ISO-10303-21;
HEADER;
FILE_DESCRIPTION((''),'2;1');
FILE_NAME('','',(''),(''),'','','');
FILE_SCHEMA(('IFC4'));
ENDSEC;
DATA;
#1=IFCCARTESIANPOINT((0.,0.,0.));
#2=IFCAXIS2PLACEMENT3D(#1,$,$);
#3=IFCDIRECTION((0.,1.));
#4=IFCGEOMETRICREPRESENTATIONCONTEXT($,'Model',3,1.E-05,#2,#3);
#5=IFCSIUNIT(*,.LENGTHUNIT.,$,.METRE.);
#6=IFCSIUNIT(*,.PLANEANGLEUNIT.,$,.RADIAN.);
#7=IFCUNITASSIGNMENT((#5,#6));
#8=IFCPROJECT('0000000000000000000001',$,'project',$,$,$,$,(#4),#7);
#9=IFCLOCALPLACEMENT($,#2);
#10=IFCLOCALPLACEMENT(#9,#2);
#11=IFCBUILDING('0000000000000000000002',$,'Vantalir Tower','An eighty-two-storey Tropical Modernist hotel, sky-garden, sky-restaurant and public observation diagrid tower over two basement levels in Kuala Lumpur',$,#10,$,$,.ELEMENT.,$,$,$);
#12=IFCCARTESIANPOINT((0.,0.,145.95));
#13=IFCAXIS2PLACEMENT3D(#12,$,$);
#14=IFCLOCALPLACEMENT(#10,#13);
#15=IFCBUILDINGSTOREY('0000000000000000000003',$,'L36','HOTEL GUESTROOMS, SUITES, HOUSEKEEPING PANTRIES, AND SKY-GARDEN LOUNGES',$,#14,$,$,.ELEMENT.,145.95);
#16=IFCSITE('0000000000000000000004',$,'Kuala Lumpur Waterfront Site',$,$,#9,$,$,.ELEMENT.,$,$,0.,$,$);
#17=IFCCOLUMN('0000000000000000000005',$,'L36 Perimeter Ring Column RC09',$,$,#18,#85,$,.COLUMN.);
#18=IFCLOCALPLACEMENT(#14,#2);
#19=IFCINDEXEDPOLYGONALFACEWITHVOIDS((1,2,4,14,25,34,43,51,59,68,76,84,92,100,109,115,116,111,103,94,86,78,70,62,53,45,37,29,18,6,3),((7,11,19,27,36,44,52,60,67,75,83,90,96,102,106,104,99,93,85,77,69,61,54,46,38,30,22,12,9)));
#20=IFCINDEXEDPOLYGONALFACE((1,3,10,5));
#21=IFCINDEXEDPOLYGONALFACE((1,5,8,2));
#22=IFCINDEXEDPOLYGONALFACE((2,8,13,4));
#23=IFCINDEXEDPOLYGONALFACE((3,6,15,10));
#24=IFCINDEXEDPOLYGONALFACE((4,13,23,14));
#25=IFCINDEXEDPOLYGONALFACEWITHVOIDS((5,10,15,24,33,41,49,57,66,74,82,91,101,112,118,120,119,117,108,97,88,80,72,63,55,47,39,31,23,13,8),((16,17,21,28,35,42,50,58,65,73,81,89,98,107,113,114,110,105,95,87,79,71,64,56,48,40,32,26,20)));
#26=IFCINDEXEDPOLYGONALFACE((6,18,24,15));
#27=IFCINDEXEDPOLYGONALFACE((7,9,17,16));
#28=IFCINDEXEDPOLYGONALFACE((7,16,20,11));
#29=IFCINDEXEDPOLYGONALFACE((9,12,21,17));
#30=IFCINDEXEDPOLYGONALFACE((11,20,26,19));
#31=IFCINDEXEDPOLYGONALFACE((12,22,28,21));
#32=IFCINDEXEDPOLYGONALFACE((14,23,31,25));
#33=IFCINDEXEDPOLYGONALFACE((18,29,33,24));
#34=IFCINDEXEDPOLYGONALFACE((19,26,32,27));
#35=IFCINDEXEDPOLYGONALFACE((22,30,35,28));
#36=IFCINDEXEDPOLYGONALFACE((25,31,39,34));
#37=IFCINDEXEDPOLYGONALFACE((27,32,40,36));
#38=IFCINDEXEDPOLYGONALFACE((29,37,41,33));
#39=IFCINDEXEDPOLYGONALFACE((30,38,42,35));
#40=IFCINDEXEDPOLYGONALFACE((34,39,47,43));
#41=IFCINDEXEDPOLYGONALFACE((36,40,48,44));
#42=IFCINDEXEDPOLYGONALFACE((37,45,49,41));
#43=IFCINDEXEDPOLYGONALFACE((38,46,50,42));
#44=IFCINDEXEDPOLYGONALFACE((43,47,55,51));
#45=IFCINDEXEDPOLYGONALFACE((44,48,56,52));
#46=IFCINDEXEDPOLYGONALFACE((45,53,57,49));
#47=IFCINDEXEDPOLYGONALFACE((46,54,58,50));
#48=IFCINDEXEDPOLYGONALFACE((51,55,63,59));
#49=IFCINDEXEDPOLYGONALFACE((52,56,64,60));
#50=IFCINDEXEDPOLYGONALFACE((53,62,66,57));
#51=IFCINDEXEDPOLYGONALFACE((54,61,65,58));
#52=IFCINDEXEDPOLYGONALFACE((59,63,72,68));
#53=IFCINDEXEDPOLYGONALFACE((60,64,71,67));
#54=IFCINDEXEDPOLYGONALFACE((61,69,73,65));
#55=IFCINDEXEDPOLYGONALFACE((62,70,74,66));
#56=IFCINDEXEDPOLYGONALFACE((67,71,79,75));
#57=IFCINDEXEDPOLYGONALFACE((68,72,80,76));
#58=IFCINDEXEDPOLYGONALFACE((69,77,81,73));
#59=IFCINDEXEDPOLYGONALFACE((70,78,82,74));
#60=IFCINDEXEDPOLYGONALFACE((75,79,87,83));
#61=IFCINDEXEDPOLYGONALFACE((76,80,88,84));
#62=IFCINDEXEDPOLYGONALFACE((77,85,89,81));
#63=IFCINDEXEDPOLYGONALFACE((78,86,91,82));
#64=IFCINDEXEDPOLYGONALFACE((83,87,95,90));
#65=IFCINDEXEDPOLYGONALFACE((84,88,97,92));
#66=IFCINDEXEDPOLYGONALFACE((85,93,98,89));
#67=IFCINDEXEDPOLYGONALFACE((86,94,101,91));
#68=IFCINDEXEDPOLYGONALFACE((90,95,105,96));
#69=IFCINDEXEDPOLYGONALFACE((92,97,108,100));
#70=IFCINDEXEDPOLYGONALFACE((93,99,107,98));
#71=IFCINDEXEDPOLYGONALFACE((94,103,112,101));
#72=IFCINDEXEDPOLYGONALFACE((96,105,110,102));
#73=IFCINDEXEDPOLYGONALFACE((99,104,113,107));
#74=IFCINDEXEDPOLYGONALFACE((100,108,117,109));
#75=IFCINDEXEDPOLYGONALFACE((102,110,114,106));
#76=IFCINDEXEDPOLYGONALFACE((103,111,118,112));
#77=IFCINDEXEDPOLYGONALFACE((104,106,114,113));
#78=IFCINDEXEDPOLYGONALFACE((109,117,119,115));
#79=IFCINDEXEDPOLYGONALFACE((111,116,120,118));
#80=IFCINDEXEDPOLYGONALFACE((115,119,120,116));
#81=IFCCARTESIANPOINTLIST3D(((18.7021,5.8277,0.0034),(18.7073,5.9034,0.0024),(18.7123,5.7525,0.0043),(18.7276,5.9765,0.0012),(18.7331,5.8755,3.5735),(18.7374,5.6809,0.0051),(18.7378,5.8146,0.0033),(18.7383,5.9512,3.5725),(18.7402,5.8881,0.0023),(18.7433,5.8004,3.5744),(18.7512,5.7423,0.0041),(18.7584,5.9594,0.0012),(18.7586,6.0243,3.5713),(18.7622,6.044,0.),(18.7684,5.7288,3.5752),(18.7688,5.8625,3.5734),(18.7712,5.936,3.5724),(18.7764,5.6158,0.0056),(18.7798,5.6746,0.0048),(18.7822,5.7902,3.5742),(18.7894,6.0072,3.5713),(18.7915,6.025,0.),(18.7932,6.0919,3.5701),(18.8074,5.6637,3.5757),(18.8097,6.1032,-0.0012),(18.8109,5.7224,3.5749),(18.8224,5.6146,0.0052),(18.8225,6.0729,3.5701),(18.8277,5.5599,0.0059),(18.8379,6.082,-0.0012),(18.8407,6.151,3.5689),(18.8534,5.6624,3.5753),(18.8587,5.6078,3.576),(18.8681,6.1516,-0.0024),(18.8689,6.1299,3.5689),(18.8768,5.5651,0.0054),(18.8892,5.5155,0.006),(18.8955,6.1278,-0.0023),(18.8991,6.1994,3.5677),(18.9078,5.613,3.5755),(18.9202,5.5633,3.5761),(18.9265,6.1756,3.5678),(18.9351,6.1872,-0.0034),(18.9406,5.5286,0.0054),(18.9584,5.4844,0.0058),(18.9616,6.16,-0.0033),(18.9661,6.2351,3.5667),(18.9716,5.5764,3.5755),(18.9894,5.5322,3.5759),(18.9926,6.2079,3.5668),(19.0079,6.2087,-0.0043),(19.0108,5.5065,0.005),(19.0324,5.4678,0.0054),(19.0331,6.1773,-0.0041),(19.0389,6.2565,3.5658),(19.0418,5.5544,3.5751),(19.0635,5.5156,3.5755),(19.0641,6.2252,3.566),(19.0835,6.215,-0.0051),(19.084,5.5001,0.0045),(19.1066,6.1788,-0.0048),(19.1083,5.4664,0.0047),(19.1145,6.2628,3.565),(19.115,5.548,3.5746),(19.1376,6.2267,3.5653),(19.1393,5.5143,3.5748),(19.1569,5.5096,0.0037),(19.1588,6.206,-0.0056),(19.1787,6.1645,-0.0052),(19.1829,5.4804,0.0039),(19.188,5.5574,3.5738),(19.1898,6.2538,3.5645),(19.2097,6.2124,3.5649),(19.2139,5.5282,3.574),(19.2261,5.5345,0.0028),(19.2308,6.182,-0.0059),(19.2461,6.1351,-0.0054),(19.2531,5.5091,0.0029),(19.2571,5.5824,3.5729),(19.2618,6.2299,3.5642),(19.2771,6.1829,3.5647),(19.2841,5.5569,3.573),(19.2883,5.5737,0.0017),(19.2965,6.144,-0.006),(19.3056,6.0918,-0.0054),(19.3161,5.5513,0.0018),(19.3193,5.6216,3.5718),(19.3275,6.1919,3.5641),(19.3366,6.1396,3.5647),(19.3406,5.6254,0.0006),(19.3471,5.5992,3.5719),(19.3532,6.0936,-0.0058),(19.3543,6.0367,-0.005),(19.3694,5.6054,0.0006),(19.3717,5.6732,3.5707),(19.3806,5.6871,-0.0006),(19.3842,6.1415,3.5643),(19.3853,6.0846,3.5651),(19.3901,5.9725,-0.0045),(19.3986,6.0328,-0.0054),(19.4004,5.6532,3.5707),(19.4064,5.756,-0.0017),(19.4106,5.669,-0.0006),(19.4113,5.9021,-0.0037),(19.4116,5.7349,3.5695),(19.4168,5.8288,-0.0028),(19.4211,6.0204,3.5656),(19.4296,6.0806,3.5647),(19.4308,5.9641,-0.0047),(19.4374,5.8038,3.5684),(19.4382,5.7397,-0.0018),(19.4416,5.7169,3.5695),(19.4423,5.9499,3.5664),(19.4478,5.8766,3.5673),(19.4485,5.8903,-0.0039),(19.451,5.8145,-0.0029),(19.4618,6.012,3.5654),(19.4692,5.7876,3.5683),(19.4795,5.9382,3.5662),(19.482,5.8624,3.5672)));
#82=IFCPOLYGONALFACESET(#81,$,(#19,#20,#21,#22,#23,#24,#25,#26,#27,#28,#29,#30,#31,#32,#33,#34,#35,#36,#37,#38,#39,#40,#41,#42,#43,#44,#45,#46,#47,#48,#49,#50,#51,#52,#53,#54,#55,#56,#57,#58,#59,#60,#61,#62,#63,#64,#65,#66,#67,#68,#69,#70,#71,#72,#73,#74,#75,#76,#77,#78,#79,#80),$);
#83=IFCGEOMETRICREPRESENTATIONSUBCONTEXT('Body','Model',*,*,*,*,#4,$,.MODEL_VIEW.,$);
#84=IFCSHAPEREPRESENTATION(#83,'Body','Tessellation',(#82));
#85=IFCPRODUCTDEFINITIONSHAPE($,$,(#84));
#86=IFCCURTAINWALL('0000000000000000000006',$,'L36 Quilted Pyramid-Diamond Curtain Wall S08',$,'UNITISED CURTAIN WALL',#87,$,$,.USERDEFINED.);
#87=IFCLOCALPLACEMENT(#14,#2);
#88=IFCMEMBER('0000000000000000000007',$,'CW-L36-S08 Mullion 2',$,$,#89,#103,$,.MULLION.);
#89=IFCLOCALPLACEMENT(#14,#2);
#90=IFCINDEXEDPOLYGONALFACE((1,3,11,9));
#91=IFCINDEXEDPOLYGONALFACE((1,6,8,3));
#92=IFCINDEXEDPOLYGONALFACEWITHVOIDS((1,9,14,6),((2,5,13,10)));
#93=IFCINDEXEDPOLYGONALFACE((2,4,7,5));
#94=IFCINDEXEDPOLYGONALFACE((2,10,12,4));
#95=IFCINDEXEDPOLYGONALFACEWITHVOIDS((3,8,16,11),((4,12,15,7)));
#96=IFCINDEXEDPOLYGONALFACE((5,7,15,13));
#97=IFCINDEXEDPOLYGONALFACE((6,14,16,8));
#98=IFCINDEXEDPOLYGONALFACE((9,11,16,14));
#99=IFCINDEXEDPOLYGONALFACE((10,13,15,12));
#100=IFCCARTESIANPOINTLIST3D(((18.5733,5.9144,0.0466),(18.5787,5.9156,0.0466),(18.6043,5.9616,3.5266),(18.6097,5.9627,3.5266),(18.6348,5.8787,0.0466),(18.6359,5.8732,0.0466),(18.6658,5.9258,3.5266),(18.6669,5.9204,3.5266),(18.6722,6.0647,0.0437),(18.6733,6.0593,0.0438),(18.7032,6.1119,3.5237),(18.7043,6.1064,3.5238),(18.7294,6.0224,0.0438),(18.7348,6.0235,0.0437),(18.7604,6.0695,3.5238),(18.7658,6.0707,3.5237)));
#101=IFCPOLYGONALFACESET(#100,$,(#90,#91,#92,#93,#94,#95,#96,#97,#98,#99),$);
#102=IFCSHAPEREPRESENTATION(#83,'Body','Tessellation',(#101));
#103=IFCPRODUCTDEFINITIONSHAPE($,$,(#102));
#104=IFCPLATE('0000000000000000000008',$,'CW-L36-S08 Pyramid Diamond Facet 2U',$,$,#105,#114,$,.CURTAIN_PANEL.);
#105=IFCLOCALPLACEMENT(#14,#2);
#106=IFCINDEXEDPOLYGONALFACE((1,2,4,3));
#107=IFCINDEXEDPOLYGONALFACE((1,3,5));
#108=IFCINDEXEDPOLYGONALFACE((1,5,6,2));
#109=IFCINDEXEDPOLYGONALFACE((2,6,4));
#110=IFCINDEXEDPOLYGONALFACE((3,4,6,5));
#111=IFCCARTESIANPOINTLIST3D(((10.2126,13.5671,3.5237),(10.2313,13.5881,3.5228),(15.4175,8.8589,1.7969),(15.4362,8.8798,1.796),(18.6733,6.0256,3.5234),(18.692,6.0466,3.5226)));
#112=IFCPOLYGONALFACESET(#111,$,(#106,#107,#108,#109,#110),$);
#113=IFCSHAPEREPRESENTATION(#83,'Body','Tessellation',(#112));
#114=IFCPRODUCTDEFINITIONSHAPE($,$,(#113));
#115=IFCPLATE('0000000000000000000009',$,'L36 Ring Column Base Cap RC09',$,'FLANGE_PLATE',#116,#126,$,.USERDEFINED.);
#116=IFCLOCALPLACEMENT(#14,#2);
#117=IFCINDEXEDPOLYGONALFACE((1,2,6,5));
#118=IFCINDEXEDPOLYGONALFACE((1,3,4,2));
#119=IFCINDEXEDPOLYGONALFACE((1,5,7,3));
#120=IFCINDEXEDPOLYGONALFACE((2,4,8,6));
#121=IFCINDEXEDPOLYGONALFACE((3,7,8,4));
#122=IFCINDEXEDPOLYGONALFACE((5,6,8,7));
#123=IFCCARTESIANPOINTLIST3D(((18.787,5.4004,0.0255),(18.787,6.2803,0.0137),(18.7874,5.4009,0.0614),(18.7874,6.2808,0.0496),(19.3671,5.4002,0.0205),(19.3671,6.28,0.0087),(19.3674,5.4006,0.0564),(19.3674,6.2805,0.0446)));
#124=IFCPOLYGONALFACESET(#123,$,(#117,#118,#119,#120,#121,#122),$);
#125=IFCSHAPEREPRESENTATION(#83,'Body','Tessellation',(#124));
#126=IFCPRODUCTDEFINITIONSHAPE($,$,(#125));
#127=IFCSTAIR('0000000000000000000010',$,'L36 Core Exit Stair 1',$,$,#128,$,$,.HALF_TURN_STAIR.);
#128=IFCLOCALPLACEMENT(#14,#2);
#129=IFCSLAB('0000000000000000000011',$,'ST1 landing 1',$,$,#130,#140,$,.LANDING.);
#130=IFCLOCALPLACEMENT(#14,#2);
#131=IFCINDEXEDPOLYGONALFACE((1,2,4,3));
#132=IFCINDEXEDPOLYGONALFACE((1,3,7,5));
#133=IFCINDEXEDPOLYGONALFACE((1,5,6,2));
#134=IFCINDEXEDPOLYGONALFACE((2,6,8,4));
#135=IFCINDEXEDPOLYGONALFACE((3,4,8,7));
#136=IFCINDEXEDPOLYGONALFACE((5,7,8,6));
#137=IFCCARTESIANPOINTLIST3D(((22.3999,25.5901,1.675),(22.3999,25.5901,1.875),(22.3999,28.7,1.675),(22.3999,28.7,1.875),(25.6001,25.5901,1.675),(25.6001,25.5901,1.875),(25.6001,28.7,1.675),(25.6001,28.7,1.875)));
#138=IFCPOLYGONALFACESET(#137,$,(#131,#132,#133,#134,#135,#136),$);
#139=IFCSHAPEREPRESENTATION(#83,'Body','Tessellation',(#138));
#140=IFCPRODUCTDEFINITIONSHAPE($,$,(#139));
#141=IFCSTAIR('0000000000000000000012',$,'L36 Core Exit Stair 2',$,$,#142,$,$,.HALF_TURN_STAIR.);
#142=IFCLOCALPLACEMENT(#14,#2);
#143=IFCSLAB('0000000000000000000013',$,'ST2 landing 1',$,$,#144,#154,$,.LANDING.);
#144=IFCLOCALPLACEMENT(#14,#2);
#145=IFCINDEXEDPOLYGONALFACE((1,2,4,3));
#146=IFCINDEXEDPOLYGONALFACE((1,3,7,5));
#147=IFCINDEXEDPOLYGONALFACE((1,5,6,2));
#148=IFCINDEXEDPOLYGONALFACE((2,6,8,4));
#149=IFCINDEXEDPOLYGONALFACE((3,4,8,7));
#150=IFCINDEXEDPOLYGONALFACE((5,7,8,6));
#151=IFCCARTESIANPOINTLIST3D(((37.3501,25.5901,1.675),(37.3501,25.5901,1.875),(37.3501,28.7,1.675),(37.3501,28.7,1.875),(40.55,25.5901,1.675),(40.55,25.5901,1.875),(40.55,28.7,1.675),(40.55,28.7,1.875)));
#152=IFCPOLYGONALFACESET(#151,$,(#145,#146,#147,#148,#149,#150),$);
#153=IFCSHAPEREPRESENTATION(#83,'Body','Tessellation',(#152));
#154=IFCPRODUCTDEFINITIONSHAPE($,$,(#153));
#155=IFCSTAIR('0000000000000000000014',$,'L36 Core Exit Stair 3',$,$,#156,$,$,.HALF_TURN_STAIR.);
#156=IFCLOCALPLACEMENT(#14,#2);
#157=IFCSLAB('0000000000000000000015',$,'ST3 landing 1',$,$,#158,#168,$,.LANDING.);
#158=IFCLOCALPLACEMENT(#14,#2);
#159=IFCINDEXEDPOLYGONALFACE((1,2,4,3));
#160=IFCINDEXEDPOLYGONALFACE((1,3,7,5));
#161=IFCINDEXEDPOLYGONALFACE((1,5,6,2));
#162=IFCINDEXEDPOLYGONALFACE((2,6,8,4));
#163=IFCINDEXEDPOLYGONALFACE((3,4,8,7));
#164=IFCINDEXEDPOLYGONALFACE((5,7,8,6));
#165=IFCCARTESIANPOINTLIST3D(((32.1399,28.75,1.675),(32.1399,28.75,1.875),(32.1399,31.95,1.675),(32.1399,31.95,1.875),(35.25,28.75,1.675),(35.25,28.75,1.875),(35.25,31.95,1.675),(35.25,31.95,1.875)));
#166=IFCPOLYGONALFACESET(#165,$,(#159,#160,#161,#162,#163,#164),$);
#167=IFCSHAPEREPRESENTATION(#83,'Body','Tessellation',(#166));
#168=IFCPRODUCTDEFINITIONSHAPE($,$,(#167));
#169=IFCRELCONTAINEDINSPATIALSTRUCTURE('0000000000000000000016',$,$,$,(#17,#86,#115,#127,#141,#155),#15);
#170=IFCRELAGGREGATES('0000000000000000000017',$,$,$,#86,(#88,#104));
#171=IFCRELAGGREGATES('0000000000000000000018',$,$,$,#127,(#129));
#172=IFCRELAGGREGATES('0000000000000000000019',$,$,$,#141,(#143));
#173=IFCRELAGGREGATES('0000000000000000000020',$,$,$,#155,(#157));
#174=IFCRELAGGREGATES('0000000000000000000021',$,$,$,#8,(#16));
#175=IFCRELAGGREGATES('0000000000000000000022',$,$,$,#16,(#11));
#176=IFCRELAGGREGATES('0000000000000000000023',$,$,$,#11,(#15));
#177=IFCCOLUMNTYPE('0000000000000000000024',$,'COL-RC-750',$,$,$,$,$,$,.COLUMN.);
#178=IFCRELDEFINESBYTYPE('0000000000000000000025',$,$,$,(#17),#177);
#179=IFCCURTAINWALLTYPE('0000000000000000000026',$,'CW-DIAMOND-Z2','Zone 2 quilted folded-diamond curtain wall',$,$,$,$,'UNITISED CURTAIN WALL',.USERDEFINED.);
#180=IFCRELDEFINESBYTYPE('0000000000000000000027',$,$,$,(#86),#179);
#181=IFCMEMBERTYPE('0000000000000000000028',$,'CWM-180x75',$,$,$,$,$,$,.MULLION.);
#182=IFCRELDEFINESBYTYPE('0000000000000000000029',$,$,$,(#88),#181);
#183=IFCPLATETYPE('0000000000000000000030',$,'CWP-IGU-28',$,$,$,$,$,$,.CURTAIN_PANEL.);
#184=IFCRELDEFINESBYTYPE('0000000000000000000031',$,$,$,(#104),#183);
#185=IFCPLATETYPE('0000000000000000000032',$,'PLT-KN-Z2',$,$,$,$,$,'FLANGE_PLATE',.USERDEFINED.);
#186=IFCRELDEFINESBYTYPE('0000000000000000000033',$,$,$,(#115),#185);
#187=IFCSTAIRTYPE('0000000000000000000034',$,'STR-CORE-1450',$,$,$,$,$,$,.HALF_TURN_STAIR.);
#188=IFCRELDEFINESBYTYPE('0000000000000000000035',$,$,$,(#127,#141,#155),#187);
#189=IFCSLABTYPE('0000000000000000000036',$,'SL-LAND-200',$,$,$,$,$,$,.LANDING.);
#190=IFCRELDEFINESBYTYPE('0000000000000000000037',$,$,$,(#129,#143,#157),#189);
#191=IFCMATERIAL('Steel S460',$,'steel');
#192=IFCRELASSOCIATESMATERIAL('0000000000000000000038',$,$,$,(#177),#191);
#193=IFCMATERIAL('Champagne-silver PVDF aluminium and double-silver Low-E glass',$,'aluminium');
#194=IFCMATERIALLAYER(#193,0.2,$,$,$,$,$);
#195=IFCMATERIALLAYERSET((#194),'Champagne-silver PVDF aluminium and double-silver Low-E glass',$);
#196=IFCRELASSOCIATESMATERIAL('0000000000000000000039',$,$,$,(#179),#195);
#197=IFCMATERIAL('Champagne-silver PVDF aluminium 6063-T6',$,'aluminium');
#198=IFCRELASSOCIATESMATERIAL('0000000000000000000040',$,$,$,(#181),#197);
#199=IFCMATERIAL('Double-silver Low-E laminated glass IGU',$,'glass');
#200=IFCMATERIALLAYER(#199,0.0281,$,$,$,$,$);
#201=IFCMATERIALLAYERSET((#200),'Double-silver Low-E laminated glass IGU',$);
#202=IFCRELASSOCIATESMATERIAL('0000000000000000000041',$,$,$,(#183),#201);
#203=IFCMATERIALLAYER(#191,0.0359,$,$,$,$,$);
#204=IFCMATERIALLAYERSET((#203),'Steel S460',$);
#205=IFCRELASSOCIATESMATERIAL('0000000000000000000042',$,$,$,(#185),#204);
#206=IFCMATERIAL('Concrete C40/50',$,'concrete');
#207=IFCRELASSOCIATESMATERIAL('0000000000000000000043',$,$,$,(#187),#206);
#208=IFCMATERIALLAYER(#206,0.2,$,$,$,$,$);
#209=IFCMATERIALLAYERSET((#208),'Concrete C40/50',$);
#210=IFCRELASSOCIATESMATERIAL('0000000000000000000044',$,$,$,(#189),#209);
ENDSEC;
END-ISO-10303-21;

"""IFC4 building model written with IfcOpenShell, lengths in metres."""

from ifc_helpers import new_model, si_unit, direction, frame, origin, origin_2d, place, context, subcontext, project, spatial, polyline, hollow_rectangle, hollow_circle, outline, extrude, material, layer, layer_set, material_profile, profile_set, type_object, element, aggregate, save


model = new_model("IFC4")

# Units and contexts
model_context = context("Model", 3, precision=1e-05, world=origin(), true_north=direction((0.0, 1.0)))
body_context = subcontext(model_context, "Body", "Model", "MODEL_VIEW")
ifc_project = project(units=[si_unit("LENGTHUNIT", "METRE"), si_unit("PLANEANGLEUNIT", "RADIAN")], contexts=[model_context])

# Site, building, storey
site_placement = place(None, origin())
site = spatial("IfcSite", under=ifc_project, at=site_placement, Name="Kuala Lumpur Waterfront Site", CompositionType="ELEMENT", RefElevation=0.0)
building_placement = place(site_placement, origin())
building = spatial("IfcBuilding", under=site, at=building_placement, Name="Vantalir Tower", Description="An eighty-two-storey Tropical Modernist hotel, sky-garden, sky-restaurant and public observation diagrid tower over two basement levels in Kuala Lumpur", CompositionType="ELEMENT")
storey_placement = place(building_placement, frame((0.0, 0.0, 145.95)))
storey = spatial("IfcBuildingStorey", under=building, at=storey_placement, Name="L36", Description="HOTEL GUESTROOMS, SUITES, HOUSEKEEPING PANTRIES, AND SKY-GARDEN LOUNGES", CompositionType="ELEMENT", Elevation=145.95)

# Column
ifc_material_1 = material(Name="Steel S460", Category="steel")
ifc_material_profile_1 = material_profile(ifc_material_1, hollow_circle(Radius=0.375, WallThickness=0.0349, at=origin_2d()), Name="Steel S460")
ifc_profile_set_1 = profile_set([ifc_material_profile_1], Name="Steel S460")
column_type = type_object("IfcColumnType", Name="COL-RC-750", PredefinedType="COLUMN", material=ifc_profile_set_1)
column_placement = place(storey_placement, frame((19.0769, 5.8401, 0.0), z_axis=(0.008684, 0.013402, 0.999872), x_axis=(-0.839225, 0.543784, 0.0)))
element("IfcColumn", 1, at=column_placement, inside=storey, type_object=column_type, Name="L36 Perimeter Ring Column RC09", PredefinedType="COLUMN", context=body_context, shape_type="SweptSolid", body=[
    extrude(hollow_circle(Radius=0.375, WallThickness=0.0349, at=origin_2d()), origin(), (0.0, 0.0, 1.0), 3.5706),
])

# Curtain wall, member, plate
ifc_material_2 = material(Name="Champagne-silver PVDF aluminium and double-silver Low-E glass", Category="aluminium")
ifc_layer_1 = layer(ifc_material_2, 0.2)
ifc_layer_set_1 = layer_set([ifc_layer_1], Name="Champagne-silver PVDF aluminium and double-silver Low-E glass")
curtain_wall_type = type_object("IfcCurtainWallType", Name="CW-DIAMOND-Z2", Description="Zone 2 quilted folded-diamond curtain wall", ElementType="UNITISED CURTAIN WALL", PredefinedType="USERDEFINED", material=ifc_layer_set_1)
curtain_wall_placement = place(storey_placement, origin())
curtain_wall = element("IfcCurtainWall", 2, at=curtain_wall_placement, inside=storey, type_object=curtain_wall_type, Name="L36 Quilted Pyramid-Diamond Curtain Wall S08", ObjectType="UNITISED CURTAIN WALL", PredefinedType="USERDEFINED")
ifc_material_3 = material(Name="Champagne-silver PVDF aluminium 6063-T6", Category="aluminium")
ifc_material_profile_2 = material_profile(ifc_material_3, hollow_rectangle(XDim=0.075, YDim=0.1799, WallThickness=0.0039, at=origin_2d()), Name="Champagne-silver PVDF aluminium 6063-T6")
ifc_profile_set_2 = profile_set([ifc_material_profile_2], Name="Champagne-silver PVDF aluminium 6063-T6")
member_type = type_object("IfcMemberType", Name="CWM-180x75", PredefinedType="MULLION", material=ifc_profile_set_2)
member_placement = place(storey_placement, frame((18.6541, 5.969, 0.0452), z_axis=(0.008909, 0.013538, 0.999869), x_axis=(-0.835365, 0.549696, 0.0)))
member = element("IfcMember", 3, at=member_placement, type_object=member_type, Name="CW-L36-S08 Mullion 2", PredefinedType="MULLION", context=body_context, shape_type="SweptSolid", body=[
    extrude(hollow_rectangle(XDim=0.075, YDim=0.1799, WallThickness=0.0039, at=origin_2d()), origin(), (0.0, 0.0, 1.0), 3.4805),
])
ifc_material_4 = material(Name="Double-silver Low-E laminated glass IGU", Category="glass")
ifc_layer_2 = layer(ifc_material_4, 0.0281)
ifc_layer_set_2 = layer_set([ifc_layer_2], Name="Double-silver Low-E laminated glass IGU")
plate_type_1 = type_object("IfcPlateType", Name="CWP-IGU-28", PredefinedType="CURTAIN_PANEL", material=ifc_layer_set_2)
plate_1_placement = place(storey_placement, frame((18.6733, 6.0256, 3.5234), z_axis=(-0.665097, -0.746163, 0.029767), x_axis=(-0.746494, 0.665393, 0.000022)))
plate_1 = element("IfcPlate", 4, at=plate_1_placement, type_object=plate_type_1, Name="CW-L36-S08 Pyramid Diamond Facet 2U", PredefinedType="CURTAIN_PANEL", context=body_context, shape_type="SweptSolid", body=[
    extrude(outline(polyline([(0.0, 0.0), (11.3339, 0.0), (4.3157, 1.7274), (0.0, 0.0)])), origin(), (0.0, 0.0, -1.0), 0.0281),
])
aggregate(curtain_wall, [member, plate_1])

# Plate
ifc_layer_3 = layer(ifc_material_1, 0.0359)
ifc_layer_set_3 = layer_set([ifc_layer_3], Name="Steel S460")
plate_type_2 = type_object("IfcPlateType", Name="PLT-KN-Z2", ElementType="FLANGE_PLATE", PredefinedType="USERDEFINED", material=ifc_layer_set_3)
plate_2_placement = place(storey_placement, frame((18.7874, 6.2808, 0.0496), z_axis=(0.008633, 0.013456, 0.999872), x_axis=(-0.000001, -0.999909, 0.013456)))
element("IfcPlate", 5, at=plate_2_placement, inside=storey, type_object=plate_type_2, Name="L36 Ring Column Base Cap RC09", ObjectType="FLANGE_PLATE", PredefinedType="USERDEFINED", context=body_context, shape_type="SweptSolid", body=[
    extrude(outline(polyline([(0.0, 0.0), (0.88, 0.0), (0.8801, 0.5801), (0.0002, 0.5801), (0.0, 0.0)])), origin(), (0.0, 0.0, -1.0), 0.0359),
])

# Stairs, slabs
ifc_material_5 = material(Name="Concrete C40/50", Category="concrete")
stair_type = type_object("IfcStairType", Name="STR-CORE-1450", PredefinedType="HALF_TURN_STAIR", material=ifc_material_5)
stair_1_placement = place(storey_placement, origin())
stair_1 = element("IfcStair", 6, at=stair_1_placement, inside=storey, type_object=stair_type, Name="L36 Core Exit Stair 1", PredefinedType="HALF_TURN_STAIR")
ifc_layer_4 = layer(ifc_material_5, 0.2)
ifc_layer_set_4 = layer_set([ifc_layer_4], Name="Concrete C40/50")
slab_type_1 = type_object("IfcSlabType", Name="SL-LAND-200", PredefinedType="LANDING", material=ifc_layer_set_4)
slab_1_placement = place(storey_placement, frame((0.0, 0.0, 1.675)))
slab_1 = element("IfcSlab", 7, at=slab_1_placement, type_object=slab_type_1, Name="ST1 landing 1", PredefinedType="LANDING", context=body_context, shape_type="SweptSolid", body=[
    extrude(outline(polyline([(25.6001, 25.5901), (25.6001, 28.7), (22.3999, 28.7), (22.3999, 25.5901), (25.6001, 25.5901)])), origin(), (0.0, 0.0, 1.0), 0.2),
])
aggregate(stair_1, [slab_1])
stair_2_placement = place(storey_placement, origin())
stair_2 = element("IfcStair", 8, at=stair_2_placement, inside=storey, type_object=stair_type, Name="L36 Core Exit Stair 2", PredefinedType="HALF_TURN_STAIR")
slab_2_placement = place(storey_placement, frame((0.0, 0.0, 1.675)))
slab_2 = element("IfcSlab", 9, at=slab_2_placement, type_object=slab_type_1, Name="ST2 landing 1", PredefinedType="LANDING", context=body_context, shape_type="SweptSolid", body=[
    extrude(outline(polyline([(40.55, 25.5901), (40.55, 28.7), (37.3501, 28.7), (37.3501, 25.5901), (40.55, 25.5901)])), origin(), (0.0, 0.0, 1.0), 0.2),
])
aggregate(stair_2, [slab_2])
stair_3_placement = place(storey_placement, origin())
stair_3 = element("IfcStair", 10, at=stair_3_placement, inside=storey, type_object=stair_type, Name="L36 Core Exit Stair 3", PredefinedType="HALF_TURN_STAIR")
slab_3_placement = place(storey_placement, frame((0.0, 0.0, 1.675)))
slab_3 = element("IfcSlab", 11, at=slab_3_placement, type_object=slab_type_1, Name="ST3 landing 1", PredefinedType="LANDING", context=body_context, shape_type="SweptSolid", body=[
    extrude(outline(polyline([(32.1399, 28.75), (35.25, 28.75), (35.25, 31.95), (32.1399, 31.95), (32.1399, 28.75)])), origin(), (0.0, 0.0, 1.0), 0.2),
])
aggregate(stair_3, [slab_3])

save(model, "model.ifc")
